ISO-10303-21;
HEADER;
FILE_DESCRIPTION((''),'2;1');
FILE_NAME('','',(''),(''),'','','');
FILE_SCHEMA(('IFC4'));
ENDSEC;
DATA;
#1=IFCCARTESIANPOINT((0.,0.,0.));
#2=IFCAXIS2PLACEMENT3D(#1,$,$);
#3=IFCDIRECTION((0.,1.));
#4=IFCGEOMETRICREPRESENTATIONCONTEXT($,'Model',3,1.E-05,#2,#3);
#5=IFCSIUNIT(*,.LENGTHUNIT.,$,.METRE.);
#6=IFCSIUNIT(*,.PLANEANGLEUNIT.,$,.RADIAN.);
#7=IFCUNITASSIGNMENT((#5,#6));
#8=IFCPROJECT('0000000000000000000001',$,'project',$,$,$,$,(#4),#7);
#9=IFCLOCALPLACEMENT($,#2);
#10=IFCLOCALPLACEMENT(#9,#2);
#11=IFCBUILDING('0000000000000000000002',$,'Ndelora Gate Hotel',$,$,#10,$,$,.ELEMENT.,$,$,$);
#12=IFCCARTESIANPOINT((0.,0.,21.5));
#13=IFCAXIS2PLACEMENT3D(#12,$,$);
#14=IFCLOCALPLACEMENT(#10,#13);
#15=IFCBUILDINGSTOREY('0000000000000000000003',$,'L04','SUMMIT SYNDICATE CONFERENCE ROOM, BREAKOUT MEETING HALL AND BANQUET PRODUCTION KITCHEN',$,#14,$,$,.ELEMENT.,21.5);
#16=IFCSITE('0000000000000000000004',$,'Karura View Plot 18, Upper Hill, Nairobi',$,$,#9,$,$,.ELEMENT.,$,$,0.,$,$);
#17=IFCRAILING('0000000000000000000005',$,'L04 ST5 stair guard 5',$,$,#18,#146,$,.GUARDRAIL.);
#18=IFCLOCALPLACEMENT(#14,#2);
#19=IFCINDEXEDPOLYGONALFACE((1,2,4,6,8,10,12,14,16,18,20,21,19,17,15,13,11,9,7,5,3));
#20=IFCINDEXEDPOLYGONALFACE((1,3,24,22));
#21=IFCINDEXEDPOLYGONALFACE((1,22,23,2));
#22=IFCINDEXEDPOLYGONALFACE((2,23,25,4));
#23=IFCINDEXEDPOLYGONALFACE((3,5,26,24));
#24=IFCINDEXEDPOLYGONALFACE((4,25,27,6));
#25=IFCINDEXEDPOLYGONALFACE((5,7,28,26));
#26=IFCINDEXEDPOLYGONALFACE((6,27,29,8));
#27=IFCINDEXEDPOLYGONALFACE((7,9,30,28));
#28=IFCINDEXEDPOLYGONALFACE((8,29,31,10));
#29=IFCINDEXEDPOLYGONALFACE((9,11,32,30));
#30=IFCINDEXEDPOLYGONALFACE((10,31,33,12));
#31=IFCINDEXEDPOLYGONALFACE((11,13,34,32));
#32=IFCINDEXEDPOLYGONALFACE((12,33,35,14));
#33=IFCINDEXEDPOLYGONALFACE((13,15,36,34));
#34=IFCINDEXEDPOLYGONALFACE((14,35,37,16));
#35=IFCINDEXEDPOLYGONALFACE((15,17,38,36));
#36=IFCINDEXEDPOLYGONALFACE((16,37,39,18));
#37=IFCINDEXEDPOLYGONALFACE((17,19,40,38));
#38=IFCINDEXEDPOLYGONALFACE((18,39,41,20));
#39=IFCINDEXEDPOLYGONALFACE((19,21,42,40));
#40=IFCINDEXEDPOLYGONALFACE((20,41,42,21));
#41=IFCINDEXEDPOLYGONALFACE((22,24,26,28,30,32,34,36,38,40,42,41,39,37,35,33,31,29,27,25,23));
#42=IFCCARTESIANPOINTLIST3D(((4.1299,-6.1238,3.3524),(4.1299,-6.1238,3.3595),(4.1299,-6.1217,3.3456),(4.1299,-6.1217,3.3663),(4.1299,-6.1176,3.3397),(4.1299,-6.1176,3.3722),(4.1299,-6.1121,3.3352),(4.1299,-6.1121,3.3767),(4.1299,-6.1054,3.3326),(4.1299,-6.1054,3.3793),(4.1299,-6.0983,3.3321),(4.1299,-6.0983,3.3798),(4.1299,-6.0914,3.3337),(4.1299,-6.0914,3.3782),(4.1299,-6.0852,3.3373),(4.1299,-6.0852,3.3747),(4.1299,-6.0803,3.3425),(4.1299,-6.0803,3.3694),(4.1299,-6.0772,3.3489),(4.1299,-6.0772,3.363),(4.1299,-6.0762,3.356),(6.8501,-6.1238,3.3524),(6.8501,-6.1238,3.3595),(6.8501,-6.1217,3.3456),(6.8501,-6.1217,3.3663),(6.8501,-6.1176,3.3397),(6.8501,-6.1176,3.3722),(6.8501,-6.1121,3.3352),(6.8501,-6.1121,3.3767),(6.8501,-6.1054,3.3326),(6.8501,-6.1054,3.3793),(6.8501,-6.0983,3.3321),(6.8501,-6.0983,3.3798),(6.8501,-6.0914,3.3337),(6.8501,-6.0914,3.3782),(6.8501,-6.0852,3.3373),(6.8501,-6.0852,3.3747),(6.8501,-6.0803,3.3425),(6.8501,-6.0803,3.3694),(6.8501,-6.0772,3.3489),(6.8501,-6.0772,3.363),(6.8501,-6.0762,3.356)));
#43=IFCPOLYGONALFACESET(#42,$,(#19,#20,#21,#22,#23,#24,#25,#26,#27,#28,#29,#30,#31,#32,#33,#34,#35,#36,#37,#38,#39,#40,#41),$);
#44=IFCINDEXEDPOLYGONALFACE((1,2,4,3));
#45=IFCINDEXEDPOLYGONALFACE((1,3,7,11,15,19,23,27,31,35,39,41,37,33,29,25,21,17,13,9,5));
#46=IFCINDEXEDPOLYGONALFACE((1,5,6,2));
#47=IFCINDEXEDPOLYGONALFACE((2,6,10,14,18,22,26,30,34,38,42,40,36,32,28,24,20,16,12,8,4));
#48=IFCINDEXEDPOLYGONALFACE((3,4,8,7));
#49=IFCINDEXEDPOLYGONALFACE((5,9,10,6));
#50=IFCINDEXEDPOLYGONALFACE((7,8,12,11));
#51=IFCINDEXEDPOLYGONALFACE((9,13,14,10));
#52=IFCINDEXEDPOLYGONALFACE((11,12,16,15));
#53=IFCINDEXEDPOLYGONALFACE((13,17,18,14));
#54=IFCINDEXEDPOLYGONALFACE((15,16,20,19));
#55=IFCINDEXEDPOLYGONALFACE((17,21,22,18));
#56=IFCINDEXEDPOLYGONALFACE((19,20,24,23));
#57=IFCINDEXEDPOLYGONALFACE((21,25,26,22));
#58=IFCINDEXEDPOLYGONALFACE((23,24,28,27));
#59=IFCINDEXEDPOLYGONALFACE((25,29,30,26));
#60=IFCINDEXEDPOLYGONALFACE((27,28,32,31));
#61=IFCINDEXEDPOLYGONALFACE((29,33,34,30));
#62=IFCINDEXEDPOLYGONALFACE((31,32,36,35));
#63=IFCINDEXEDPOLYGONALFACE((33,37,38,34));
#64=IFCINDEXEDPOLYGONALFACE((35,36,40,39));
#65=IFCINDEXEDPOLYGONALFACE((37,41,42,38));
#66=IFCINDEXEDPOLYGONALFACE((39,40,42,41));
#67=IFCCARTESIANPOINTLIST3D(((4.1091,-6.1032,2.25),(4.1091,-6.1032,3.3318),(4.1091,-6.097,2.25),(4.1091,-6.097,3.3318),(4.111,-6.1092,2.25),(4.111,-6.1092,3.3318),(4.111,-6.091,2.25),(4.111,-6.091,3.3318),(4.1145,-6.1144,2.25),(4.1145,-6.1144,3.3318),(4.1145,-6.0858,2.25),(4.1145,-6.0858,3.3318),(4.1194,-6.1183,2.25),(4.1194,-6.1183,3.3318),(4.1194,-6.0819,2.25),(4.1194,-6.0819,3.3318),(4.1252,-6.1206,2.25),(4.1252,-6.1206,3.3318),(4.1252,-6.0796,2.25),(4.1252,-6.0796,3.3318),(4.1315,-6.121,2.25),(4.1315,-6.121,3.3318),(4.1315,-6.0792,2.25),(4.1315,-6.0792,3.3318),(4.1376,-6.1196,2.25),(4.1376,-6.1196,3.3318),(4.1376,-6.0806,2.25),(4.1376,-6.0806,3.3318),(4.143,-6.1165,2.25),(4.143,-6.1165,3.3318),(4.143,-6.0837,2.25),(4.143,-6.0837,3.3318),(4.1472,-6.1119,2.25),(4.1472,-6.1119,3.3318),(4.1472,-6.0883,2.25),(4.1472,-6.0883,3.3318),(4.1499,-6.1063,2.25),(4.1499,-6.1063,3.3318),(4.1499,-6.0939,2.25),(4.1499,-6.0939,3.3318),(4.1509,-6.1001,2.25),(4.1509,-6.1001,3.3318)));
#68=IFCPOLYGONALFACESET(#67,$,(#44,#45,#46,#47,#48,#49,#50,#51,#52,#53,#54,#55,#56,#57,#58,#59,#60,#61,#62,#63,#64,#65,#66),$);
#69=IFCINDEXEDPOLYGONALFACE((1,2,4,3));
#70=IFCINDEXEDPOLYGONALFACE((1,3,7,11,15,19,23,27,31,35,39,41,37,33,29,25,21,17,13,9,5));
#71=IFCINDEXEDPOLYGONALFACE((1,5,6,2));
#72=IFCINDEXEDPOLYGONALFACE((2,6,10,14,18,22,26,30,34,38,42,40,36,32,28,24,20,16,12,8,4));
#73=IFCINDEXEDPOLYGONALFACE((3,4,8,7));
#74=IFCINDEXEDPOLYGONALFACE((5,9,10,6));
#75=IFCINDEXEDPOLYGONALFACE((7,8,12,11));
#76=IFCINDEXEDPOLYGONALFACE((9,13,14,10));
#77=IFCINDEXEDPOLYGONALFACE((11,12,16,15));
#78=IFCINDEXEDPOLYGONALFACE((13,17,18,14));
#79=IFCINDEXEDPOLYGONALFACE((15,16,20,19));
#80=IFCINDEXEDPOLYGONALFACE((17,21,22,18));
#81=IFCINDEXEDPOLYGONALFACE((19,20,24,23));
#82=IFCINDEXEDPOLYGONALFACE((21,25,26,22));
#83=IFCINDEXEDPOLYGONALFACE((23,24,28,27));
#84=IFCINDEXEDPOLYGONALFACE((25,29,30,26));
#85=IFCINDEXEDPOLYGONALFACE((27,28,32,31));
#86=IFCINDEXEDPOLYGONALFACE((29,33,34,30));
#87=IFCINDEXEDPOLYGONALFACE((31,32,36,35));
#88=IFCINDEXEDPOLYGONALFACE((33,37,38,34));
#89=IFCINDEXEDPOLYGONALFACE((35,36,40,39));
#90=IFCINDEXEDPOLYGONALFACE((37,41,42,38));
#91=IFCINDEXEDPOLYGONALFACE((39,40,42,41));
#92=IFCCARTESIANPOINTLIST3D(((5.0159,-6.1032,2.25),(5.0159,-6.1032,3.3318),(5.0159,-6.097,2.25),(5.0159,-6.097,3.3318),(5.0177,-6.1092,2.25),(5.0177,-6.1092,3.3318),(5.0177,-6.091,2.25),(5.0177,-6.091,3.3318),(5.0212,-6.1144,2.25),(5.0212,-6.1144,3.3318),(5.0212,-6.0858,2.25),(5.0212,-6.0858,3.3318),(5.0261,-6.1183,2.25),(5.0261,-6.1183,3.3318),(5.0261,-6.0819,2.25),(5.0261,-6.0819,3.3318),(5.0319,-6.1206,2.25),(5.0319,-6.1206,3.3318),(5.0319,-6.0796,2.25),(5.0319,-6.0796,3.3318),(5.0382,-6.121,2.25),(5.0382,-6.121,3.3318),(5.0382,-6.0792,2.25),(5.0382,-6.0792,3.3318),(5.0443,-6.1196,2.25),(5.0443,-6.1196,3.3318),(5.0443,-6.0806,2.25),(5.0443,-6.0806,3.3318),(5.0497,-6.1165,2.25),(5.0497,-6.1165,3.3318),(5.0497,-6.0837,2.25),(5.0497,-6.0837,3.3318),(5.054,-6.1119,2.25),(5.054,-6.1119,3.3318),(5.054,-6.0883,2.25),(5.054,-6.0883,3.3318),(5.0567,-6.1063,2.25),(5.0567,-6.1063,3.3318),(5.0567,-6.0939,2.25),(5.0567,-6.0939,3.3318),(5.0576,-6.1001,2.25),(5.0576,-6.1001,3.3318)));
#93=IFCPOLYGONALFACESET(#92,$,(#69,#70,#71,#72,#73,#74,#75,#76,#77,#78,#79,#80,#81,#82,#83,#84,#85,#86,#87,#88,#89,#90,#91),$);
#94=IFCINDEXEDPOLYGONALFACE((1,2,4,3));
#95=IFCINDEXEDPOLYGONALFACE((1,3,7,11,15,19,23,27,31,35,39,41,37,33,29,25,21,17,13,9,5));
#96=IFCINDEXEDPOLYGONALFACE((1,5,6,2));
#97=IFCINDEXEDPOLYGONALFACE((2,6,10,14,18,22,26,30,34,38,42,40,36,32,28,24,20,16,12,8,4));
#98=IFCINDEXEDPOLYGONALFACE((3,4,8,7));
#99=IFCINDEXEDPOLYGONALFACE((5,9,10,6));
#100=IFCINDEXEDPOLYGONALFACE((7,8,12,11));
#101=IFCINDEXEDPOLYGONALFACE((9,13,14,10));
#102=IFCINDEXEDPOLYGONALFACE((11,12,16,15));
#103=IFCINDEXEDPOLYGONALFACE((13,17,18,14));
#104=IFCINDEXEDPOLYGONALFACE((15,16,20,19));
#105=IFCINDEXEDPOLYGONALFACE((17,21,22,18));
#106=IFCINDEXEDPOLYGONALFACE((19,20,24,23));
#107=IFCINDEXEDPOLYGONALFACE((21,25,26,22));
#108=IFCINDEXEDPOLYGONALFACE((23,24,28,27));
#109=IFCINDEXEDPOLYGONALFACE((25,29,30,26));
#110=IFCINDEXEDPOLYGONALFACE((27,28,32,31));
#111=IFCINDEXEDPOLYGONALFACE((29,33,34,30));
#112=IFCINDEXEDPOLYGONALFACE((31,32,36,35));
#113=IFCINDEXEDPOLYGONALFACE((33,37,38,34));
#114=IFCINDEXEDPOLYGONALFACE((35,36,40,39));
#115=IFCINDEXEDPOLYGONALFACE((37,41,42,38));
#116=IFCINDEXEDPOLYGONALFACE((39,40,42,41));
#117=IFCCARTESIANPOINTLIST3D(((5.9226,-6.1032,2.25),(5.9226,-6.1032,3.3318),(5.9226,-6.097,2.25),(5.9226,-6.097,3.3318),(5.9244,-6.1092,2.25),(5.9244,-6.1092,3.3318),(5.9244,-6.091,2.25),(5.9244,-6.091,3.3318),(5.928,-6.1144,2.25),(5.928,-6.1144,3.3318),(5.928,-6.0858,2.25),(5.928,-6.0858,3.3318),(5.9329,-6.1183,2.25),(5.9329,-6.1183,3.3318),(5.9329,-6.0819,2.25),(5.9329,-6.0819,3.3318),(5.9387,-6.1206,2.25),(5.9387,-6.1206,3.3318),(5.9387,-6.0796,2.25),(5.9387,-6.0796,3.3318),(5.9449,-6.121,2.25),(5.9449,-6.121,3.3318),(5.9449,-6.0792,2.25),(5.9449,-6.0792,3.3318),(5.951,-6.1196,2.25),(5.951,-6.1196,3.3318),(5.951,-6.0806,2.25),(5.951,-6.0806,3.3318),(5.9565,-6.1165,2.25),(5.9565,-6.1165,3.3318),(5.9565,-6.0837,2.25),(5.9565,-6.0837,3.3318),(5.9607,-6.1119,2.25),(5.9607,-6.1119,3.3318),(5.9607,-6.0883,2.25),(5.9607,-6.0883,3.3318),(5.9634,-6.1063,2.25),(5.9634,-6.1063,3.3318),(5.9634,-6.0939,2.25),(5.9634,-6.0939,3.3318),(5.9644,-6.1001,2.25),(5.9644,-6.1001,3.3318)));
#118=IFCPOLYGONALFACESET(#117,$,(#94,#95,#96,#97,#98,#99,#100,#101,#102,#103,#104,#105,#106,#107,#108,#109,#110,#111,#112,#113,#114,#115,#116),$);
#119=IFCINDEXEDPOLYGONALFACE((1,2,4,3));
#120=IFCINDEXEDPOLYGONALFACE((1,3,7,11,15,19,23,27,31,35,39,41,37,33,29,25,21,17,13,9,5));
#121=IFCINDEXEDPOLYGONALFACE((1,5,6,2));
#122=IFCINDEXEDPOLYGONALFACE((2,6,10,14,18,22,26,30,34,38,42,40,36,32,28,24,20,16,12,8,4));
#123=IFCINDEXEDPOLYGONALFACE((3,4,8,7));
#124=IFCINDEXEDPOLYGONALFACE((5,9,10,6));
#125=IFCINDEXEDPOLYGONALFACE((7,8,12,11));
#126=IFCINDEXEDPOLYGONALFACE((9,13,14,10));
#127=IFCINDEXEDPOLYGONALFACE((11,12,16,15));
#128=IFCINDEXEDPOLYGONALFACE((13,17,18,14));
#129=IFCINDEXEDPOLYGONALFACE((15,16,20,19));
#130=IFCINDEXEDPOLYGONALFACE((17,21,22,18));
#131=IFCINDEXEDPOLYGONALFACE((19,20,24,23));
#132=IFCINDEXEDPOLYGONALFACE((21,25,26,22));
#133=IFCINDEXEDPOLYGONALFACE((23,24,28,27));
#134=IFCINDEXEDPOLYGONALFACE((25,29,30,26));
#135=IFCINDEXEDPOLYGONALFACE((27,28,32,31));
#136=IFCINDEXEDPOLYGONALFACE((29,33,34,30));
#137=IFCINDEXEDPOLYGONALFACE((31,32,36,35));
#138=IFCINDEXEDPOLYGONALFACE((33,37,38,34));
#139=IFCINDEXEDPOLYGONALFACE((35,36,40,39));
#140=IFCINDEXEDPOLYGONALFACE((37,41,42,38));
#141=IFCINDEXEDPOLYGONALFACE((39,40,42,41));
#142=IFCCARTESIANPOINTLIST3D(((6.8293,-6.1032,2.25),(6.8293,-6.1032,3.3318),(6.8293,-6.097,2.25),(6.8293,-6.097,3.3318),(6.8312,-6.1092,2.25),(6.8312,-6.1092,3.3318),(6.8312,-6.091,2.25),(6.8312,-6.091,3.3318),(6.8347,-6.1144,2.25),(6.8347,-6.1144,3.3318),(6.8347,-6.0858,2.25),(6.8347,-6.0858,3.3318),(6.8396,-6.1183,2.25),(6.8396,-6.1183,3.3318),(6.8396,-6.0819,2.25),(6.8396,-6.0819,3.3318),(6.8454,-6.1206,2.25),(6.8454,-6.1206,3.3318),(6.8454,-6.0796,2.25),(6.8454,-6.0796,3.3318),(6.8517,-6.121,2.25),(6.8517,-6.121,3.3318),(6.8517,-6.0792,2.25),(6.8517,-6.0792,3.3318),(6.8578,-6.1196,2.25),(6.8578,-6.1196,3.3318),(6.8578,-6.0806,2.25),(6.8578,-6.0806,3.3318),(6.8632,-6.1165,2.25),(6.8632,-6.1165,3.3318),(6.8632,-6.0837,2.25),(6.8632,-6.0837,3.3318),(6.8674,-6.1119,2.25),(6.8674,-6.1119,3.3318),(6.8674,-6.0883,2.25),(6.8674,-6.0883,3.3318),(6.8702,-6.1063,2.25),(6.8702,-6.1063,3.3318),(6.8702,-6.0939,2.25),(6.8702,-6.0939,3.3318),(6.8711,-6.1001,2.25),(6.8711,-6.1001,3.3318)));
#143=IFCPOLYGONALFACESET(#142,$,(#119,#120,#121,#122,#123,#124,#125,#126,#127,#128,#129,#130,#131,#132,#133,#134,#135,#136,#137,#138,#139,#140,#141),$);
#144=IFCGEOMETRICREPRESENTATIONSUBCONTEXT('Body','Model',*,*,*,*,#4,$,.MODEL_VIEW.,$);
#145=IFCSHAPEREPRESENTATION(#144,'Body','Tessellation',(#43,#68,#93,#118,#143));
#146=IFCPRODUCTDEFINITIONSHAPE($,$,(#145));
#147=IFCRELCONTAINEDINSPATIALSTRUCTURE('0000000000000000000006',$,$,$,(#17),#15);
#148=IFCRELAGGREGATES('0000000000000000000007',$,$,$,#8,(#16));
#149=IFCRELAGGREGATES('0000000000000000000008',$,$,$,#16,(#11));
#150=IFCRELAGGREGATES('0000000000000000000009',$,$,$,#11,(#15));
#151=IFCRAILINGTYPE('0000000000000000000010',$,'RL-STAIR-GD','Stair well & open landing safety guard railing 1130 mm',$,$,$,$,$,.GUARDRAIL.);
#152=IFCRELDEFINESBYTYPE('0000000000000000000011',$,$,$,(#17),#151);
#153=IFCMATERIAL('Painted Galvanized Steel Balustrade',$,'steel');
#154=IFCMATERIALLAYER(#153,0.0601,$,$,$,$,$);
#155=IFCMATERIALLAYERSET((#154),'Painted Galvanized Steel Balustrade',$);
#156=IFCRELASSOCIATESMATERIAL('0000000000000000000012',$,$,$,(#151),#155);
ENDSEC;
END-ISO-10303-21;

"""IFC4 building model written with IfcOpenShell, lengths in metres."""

from ifc_helpers import new_model, si_unit, direction, frame, origin, origin_2d, place, context, subcontext, project, spatial, circle, extrude, material, layer, layer_set, type_object, element, save


model = new_model("IFC4")

# Units and contexts
model_context = context("Model", 3, precision=1e-05, world=origin(), true_north=direction((0.0, 1.0)))
body_context = subcontext(model_context, "Body", "Model", "MODEL_VIEW")
ifc_project = project(units=[si_unit("LENGTHUNIT", "METRE"), si_unit("PLANEANGLEUNIT", "RADIAN")], contexts=[model_context])

# Site, building, storey
site_placement = place(None, origin())
site = spatial("IfcSite", under=ifc_project, at=site_placement, Name="Karura View Plot 18, Upper Hill, Nairobi", CompositionType="ELEMENT", RefElevation=0.0)
building_placement = place(site_placement, origin())
building = spatial("IfcBuilding", under=site, at=building_placement, Name="Ndelora Gate Hotel", CompositionType="ELEMENT")
storey_placement = place(building_placement, frame((0.0, 0.0, 21.5)))
storey = spatial("IfcBuildingStorey", under=building, at=storey_placement, Name="L04", Description="SUMMIT SYNDICATE CONFERENCE ROOM, BREAKOUT MEETING HALL AND BANQUET PRODUCTION KITCHEN", CompositionType="ELEMENT", Elevation=21.5)

# Railing
ifc_material_1 = material(Name="Painted Galvanized Steel Balustrade", Category="steel")
ifc_layer_1 = layer(ifc_material_1, 0.0601)
ifc_layer_set_1 = layer_set([ifc_layer_1], Name="Painted Galvanized Steel Balustrade")
railing_type = type_object("IfcRailingType", Name="RL-STAIR-GD", Description="Stair well & open landing safety guard railing 1130 mm", PredefinedType="GUARDRAIL", material=ifc_layer_set_1)
railing_1_placement = place(storey_placement, frame((4.1299, -6.1001, 2.25)))
element("IfcRailing", 1, at=railing_1_placement, inside=storey, type_object=railing_type, Name="L04 ST5 stair guard 5", PredefinedType="GUARDRAIL", context=body_context, shape_type="SweptSolid", body=[
    extrude(circle(Radius=0.0239, at=origin_2d()), frame((0.0, 0.0, 1.106), z_axis=(1.0, 0.0, 0.0), x_axis=(0.0, 1.0, 0.0)), (0.0, 0.0, 1.0), 2.7202),
    extrude(circle(Radius=0.021, at=origin_2d()), origin(), (0.0, 0.0, 1.0), 1.0818),
    extrude(circle(Radius=0.021, at=origin_2d()), frame((0.9067, 0.0, 0.0)), (0.0, 0.0, 1.0), 1.0818),
    extrude(circle(Radius=0.021, at=origin_2d()), frame((1.8135, 0.0, 0.0)), (0.0, 0.0, 1.0), 1.0818),
    extrude(circle(Radius=0.021, at=origin_2d()), frame((2.7202, 0.0, 0.0)), (0.0, 0.0, 1.0), 1.0818),
])

save(model, "model.ifc")
